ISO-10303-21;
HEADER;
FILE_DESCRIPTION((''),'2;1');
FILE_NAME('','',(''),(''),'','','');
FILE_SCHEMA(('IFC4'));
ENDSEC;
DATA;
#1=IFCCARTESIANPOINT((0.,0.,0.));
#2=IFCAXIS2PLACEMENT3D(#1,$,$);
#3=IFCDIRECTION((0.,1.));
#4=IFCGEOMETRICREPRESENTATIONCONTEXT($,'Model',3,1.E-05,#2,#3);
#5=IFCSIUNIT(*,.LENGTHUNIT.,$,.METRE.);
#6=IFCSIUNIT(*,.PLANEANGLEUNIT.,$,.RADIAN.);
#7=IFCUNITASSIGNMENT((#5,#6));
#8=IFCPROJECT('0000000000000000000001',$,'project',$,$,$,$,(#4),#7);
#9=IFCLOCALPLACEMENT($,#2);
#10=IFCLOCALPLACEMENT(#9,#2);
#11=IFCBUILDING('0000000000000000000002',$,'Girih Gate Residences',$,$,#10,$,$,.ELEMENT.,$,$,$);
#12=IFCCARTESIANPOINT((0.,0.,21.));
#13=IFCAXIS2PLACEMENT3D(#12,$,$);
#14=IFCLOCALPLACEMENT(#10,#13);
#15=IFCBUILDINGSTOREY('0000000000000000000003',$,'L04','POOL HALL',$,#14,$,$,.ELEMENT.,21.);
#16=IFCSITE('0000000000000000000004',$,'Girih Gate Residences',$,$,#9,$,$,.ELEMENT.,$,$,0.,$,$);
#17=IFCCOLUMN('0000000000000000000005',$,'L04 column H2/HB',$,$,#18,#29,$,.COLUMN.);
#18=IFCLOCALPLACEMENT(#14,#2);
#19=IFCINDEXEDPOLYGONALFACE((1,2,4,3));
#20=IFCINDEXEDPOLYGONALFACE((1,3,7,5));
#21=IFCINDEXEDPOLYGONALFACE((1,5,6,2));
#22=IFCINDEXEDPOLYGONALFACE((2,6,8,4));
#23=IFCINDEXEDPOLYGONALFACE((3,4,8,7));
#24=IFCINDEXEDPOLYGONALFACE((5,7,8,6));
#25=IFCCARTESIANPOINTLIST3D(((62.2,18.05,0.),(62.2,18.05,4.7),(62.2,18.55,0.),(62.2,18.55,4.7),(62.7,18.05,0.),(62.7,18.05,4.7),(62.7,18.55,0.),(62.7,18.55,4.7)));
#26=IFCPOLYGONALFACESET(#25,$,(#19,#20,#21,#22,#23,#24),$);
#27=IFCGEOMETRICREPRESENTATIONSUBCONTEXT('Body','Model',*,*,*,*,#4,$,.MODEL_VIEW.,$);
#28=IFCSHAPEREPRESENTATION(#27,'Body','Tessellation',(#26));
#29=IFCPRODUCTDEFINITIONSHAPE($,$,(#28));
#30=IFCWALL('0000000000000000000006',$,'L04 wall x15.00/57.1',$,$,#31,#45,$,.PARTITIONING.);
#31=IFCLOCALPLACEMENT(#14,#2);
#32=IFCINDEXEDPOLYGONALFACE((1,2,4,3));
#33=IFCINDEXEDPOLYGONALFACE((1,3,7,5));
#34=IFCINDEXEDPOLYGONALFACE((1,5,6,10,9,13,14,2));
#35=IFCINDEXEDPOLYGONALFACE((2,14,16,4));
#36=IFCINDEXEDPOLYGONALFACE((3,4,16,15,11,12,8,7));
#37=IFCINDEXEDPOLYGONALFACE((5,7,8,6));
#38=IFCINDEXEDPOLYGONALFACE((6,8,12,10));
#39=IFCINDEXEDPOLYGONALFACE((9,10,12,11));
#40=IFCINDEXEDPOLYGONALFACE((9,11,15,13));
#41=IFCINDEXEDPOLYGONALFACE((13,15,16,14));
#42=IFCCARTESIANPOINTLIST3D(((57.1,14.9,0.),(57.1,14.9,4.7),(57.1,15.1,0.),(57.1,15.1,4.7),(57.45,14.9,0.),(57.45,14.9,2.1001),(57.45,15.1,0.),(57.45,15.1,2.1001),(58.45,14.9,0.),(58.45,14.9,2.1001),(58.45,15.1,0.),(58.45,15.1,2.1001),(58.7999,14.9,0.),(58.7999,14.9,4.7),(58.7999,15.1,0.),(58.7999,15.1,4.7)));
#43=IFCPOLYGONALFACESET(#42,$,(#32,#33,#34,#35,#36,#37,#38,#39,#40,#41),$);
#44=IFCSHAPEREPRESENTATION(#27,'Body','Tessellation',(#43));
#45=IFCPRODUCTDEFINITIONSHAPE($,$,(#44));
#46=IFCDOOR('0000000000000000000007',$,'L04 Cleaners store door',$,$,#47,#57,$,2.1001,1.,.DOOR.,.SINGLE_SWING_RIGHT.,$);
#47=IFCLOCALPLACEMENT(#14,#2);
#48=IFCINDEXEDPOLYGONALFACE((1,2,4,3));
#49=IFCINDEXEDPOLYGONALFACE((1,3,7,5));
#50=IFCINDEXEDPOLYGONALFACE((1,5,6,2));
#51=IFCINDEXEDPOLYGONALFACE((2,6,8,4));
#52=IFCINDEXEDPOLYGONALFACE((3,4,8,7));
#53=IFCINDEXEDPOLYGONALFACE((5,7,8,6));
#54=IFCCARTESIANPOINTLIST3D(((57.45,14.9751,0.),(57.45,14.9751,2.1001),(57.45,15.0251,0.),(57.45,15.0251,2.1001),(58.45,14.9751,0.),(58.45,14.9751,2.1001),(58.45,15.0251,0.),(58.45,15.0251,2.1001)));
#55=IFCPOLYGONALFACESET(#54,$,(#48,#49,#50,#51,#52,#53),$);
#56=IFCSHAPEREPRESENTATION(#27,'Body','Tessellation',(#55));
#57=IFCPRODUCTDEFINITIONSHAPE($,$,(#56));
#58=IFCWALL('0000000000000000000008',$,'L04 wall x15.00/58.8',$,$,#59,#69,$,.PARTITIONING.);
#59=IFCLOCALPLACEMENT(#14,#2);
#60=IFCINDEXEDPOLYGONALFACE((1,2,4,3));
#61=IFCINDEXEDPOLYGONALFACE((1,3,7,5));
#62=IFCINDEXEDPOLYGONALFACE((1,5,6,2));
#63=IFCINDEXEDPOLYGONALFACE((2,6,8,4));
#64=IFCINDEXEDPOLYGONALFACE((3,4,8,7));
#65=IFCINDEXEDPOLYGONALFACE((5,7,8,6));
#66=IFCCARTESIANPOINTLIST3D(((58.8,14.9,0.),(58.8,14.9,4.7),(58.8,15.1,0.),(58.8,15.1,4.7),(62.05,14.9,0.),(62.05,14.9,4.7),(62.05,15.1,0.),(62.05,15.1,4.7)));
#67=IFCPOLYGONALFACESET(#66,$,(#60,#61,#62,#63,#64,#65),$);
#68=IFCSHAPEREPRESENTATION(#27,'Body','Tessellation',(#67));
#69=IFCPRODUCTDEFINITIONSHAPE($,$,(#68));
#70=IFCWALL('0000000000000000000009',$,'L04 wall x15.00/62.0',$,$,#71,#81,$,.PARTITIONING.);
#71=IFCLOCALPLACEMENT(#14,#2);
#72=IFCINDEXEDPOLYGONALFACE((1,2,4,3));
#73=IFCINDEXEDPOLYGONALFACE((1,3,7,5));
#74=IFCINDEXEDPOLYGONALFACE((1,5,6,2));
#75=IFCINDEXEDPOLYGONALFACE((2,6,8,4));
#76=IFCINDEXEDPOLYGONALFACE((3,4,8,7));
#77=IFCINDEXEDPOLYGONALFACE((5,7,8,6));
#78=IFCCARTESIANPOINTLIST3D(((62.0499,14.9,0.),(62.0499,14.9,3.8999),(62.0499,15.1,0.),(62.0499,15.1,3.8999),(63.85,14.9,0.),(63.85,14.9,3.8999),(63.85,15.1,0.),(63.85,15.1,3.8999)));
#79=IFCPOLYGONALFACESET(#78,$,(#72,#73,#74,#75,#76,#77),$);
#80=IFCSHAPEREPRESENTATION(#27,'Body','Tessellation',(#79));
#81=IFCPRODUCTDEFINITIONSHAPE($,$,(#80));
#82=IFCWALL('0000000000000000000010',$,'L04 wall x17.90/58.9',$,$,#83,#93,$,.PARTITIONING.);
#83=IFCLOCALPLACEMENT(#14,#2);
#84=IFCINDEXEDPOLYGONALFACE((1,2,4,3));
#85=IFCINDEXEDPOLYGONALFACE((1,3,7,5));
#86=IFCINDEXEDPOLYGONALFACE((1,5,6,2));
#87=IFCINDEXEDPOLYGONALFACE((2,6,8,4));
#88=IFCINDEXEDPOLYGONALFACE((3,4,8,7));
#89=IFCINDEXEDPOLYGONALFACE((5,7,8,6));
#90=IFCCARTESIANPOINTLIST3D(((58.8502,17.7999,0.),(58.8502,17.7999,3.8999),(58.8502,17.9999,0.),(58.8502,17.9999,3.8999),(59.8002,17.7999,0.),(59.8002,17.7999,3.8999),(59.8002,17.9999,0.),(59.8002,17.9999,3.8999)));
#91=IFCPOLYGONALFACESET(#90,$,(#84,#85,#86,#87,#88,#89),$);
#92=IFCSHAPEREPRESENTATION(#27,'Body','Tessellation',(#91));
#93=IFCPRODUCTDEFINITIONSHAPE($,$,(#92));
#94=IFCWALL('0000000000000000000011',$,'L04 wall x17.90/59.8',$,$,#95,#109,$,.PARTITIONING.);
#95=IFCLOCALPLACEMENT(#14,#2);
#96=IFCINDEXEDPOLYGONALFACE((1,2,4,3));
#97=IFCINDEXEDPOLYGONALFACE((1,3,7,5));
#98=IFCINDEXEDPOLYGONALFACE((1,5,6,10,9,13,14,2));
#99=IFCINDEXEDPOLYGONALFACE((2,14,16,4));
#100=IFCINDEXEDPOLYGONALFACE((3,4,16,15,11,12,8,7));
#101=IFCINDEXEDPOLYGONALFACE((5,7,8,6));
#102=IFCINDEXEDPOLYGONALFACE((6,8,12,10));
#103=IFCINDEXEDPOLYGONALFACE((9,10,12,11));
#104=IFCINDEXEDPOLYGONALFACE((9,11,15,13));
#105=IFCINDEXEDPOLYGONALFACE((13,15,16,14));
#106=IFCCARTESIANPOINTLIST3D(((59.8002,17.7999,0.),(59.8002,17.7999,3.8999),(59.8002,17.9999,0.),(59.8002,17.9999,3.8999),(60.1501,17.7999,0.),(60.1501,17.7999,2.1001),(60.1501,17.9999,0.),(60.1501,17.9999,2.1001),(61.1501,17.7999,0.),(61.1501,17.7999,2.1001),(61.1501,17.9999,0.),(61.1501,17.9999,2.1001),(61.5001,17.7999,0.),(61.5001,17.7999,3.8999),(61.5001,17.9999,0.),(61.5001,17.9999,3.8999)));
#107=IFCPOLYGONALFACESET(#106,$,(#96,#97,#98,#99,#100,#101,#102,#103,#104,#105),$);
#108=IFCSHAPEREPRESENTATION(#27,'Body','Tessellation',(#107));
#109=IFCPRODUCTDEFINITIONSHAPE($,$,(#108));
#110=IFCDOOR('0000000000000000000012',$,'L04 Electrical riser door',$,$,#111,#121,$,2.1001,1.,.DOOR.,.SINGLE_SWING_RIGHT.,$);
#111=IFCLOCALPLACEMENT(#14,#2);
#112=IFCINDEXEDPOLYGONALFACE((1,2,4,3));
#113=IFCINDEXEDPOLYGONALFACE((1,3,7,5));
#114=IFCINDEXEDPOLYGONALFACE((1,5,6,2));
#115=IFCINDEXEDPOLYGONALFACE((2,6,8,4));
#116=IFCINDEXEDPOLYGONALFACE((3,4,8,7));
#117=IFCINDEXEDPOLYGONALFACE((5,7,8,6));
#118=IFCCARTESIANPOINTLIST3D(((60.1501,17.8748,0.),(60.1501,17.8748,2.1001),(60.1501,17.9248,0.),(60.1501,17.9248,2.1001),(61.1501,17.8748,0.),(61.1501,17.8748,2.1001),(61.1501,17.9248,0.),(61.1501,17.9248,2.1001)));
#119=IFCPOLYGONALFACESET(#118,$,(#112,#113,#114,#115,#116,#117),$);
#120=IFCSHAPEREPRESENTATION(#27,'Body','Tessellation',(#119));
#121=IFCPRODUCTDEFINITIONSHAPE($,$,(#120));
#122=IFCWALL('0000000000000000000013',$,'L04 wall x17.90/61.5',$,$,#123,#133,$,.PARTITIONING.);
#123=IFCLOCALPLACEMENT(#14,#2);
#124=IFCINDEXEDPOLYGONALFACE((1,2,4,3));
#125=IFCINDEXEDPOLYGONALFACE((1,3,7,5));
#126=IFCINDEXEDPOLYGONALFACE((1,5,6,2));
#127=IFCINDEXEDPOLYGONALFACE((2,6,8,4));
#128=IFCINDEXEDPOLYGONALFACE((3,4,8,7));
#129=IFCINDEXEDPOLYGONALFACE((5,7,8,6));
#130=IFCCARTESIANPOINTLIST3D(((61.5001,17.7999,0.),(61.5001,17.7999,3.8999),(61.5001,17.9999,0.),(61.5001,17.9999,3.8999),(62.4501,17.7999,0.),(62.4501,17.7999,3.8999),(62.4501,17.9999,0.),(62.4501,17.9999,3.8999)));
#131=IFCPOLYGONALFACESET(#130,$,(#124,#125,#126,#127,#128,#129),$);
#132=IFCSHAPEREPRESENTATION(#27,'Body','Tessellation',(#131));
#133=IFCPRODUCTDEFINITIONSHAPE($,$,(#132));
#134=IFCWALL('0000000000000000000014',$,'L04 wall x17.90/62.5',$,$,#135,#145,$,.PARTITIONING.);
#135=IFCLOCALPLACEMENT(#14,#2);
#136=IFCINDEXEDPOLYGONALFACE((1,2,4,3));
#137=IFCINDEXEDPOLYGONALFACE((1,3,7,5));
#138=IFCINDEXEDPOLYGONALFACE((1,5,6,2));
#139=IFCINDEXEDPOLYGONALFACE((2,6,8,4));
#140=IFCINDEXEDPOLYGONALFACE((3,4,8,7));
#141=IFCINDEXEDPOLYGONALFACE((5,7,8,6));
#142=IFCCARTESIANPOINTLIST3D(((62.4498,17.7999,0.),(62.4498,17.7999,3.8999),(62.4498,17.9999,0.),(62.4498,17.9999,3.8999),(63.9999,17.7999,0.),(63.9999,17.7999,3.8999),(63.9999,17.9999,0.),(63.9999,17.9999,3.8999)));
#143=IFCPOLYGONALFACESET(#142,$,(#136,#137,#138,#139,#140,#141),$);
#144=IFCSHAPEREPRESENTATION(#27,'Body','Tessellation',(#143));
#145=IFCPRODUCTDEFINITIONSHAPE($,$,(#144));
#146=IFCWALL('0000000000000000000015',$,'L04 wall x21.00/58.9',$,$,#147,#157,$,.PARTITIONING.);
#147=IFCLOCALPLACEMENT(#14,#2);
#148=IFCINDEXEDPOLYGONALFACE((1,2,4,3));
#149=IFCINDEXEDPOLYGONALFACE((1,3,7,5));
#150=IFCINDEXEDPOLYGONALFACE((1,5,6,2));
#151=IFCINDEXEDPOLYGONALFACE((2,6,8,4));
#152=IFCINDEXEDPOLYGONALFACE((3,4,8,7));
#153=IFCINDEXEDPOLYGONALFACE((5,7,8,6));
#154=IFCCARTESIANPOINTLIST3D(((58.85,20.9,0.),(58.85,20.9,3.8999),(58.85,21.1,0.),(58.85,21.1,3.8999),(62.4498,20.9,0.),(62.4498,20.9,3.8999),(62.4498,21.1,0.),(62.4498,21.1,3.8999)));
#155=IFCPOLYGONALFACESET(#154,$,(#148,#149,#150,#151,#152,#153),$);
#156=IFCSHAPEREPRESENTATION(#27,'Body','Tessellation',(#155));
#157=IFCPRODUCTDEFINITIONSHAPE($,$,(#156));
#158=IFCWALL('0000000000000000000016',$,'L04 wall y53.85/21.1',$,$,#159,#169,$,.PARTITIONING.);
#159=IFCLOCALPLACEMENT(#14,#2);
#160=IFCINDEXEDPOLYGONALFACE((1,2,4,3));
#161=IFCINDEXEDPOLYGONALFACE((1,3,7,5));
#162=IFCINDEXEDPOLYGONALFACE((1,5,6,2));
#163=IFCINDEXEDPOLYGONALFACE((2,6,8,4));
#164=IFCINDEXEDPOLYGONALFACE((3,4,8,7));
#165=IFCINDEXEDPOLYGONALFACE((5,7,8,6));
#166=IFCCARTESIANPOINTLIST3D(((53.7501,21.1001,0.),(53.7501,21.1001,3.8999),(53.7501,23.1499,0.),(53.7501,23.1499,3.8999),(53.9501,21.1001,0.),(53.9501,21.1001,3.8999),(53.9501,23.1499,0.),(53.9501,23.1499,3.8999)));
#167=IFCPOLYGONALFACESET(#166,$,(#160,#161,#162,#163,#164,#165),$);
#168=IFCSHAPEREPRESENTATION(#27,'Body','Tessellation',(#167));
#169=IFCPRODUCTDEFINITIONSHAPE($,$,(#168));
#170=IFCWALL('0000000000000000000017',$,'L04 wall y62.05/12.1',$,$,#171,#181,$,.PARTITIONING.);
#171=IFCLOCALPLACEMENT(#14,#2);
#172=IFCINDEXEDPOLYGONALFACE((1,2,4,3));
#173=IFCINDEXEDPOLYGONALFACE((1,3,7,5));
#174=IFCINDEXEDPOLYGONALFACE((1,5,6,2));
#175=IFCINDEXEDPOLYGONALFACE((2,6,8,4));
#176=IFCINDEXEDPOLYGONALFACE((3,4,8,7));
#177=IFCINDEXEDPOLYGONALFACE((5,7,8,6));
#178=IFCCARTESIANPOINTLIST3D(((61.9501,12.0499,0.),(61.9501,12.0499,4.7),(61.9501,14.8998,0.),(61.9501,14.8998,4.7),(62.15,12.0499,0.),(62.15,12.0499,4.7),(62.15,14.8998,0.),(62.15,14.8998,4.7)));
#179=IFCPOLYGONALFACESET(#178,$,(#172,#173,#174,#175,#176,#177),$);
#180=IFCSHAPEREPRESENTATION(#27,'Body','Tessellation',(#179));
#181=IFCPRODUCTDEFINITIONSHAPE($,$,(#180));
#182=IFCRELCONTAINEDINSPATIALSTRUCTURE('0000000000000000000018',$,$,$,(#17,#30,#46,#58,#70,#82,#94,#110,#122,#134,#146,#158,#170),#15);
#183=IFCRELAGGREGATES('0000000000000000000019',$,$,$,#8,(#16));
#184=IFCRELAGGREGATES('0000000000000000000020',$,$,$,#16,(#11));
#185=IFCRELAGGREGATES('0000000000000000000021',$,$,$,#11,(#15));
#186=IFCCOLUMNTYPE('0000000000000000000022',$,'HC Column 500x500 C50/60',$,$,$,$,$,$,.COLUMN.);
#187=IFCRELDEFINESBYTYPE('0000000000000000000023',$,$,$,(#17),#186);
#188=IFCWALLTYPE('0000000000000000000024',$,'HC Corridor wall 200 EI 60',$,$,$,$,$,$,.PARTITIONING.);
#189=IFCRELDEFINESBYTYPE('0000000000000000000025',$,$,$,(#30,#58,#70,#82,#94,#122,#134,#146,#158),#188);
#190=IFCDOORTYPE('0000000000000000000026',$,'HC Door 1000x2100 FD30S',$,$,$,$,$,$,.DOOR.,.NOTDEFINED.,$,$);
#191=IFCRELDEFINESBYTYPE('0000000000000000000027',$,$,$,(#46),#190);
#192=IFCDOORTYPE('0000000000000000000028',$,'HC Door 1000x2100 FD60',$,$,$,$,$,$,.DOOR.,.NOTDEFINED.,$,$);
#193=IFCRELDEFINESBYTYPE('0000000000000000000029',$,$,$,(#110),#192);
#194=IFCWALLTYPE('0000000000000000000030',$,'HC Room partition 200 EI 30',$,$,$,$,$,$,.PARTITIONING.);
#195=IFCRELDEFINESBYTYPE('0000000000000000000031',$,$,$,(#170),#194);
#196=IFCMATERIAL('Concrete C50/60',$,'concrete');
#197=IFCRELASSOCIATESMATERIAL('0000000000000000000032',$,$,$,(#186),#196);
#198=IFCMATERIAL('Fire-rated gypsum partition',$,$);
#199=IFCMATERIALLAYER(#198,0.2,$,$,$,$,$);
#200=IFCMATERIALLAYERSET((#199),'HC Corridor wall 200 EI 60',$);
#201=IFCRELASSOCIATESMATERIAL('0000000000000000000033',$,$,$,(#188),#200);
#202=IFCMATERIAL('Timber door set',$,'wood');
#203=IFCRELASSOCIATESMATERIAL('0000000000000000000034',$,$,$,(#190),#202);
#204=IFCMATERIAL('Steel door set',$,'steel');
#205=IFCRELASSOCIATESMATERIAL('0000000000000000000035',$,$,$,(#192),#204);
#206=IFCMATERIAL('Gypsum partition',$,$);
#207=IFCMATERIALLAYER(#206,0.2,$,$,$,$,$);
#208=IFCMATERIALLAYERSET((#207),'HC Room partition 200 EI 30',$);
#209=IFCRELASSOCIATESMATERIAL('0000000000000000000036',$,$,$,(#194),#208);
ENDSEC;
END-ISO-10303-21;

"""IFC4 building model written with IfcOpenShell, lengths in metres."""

from ifc_helpers import new_model, si_unit, direction, frame, frame_2d, origin, origin_2d, place, context, subcontext, project, spatial, rectangle, extrude, material, layer, layer_set, material_profile, profile_set, type_object, element, fill, save


model = new_model("IFC4")

# Units and contexts
model_context = context("Model", 3, precision=1e-05, world=origin(), true_north=direction((0.0, 1.0)))
body_context = subcontext(model_context, "Body", "Model", "MODEL_VIEW")
ifc_project = project(units=[si_unit("LENGTHUNIT", "METRE"), si_unit("PLANEANGLEUNIT", "RADIAN")], contexts=[model_context])

# Site, building, storey
site_placement = place(None, origin())
site = spatial("IfcSite", under=ifc_project, at=site_placement, Name="Girih Gate Residences", CompositionType="ELEMENT", RefElevation=0.0)
building_placement = place(site_placement, origin())
building = spatial("IfcBuilding", under=site, at=building_placement, Name="Girih Gate Residences", CompositionType="ELEMENT")
storey_placement = place(building_placement, frame((0.0, 0.0, 21.0)))
storey = spatial("IfcBuildingStorey", under=building, at=storey_placement, Name="L04", Description="POOL HALL", CompositionType="ELEMENT", Elevation=21.0)

# Column
ifc_material_1 = material(Name="Concrete C50/60", Category="concrete")
ifc_material_profile = material_profile(ifc_material_1, rectangle(XDim=0.5, YDim=0.5, at=origin_2d()))
ifc_profile_set = profile_set([ifc_material_profile], Name="Concrete C50/60")
column_type = type_object("IfcColumnType", Name="HC Column 500x500 C50/60", PredefinedType="COLUMN", material=ifc_profile_set)
column_placement = place(storey_placement, frame((62.45, 18.3, 0.0), z_axis=(0.0, 0.0, 1.0), x_axis=(1.0, 0.0, 0.0)))
element("IfcColumn", 1, at=column_placement, inside=storey, type_object=column_type, Name="L04 column H2/HB", PredefinedType="COLUMN", context=body_context, shape_type="SweptSolid", body=[
    extrude(rectangle(XDim=0.5, YDim=0.5, at=origin_2d()), origin(), (0.0, 0.0, 1.0), 4.7),
])

# Wall, opening, door
ifc_material_2 = material(Name="Fire-rated gypsum partition")
ifc_layer_1 = layer(ifc_material_2, 0.2)
ifc_layer_set_1 = layer_set([ifc_layer_1], Name="HC Corridor wall 200 EI 60")
wall_type_1 = type_object("IfcWallType", Name="HC Corridor wall 200 EI 60", PredefinedType="PARTITIONING", material=ifc_layer_set_1)
wall_1_placement = place(storey_placement, frame((58.8, 15.0, 0.0), z_axis=(0.0, 0.0, 1.0), x_axis=(-1.0, 0.0, 0.0)))
wall_1 = element("IfcWall", 2, at=wall_1_placement, inside=storey, type_object=wall_type_1, Name="L04 wall x15.00/57.1", PredefinedType="PARTITIONING", context=body_context, shape_type="SweptSolid", body=[
    extrude(rectangle(XDim=1.7, YDim=0.2, at=frame_2d((0.8501, 0.0))), origin(), (0.0, 0.0, 1.0), 4.7),
])
opening_1_placement = place(wall_1_placement, frame((0.3501, 0.0, 0.0)))
opening_1 = element("IfcOpeningElement", 3, at=opening_1_placement, cuts=wall_1, PredefinedType="OPENING", context=body_context, shape_type="SweptSolid", body=[
    extrude(rectangle(XDim=1.0, YDim=2.1001, at=frame_2d((0.5, 1.05))), frame((0.0, 0.1099, 0.0), z_axis=(0.0, -1.0, 0.0), x_axis=(1.0, 0.0, 0.0)), (0.0, 0.0, 1.0), 0.22),
])
ifc_material_3 = material(Name="Timber door set", Category="wood")
door_type_1 = type_object("IfcDoorType", Name="HC Door 1000x2100 FD30S", OperationType="NOTDEFINED", PredefinedType="DOOR", material=ifc_material_3)
door_1_placement = place(opening_1_placement, origin())
door_1 = element("IfcDoor", 4, at=door_1_placement, inside=storey, type_object=door_type_1, Name="L04 Cleaners store door", OperationType="SINGLE_SWING_RIGHT", OverallHeight=2.1001, OverallWidth=1.0, PredefinedType="DOOR", context=body_context, shape_type="SweptSolid", body=[
    extrude(rectangle(XDim=1.0, YDim=2.1001, at=frame_2d((0.5, 1.05))), frame((0.0, 0.0249, 0.0), z_axis=(0.0, -1.0, 0.0), x_axis=(1.0, 0.0, 0.0)), (0.0, 0.0, 1.0), 0.05),
])
fill(opening_1, door_1)

# Walls
wall_2_placement = place(storey_placement, frame((58.8, 15.0, 0.0), z_axis=(0.0, 0.0, 1.0), x_axis=(1.0, 0.0, 0.0)))
element("IfcWall", 5, at=wall_2_placement, inside=storey, type_object=wall_type_1, Name="L04 wall x15.00/58.8", PredefinedType="PARTITIONING", context=body_context, shape_type="SweptSolid", body=[
    extrude(rectangle(XDim=3.25, YDim=0.2, at=frame_2d((1.625, 0.0))), origin(), (0.0, 0.0, 1.0), 4.7),
])
wall_3_placement = place(storey_placement, frame((62.05, 15.0, 0.0), z_axis=(0.0, 0.0, 1.0), x_axis=(1.0, 0.0, 0.0)))
element("IfcWall", 6, at=wall_3_placement, inside=storey, type_object=wall_type_1, Name="L04 wall x15.00/62.0", PredefinedType="PARTITIONING", context=body_context, shape_type="SweptSolid", body=[
    extrude(rectangle(XDim=1.8, YDim=0.2, at=frame_2d((0.8999, 0.0))), origin(), (0.0, 0.0, 1.0), 3.8999),
])
wall_4_placement = place(storey_placement, frame((58.8501, 17.8999, 0.0), z_axis=(0.0, 0.0, 1.0), x_axis=(1.0, 0.0, 0.0)))
element("IfcWall", 7, at=wall_4_placement, inside=storey, type_object=wall_type_1, Name="L04 wall x17.90/58.9", PredefinedType="PARTITIONING", context=body_context, shape_type="SweptSolid", body=[
    extrude(rectangle(XDim=0.95, YDim=0.2, at=frame_2d((0.4751, 0.0))), origin(), (0.0, 0.0, 1.0), 3.8999),
])

# Wall, opening, door
wall_5_placement = place(storey_placement, frame((59.8, 17.8999, 0.0), z_axis=(0.0, 0.0, 1.0), x_axis=(1.0, 0.0, 0.0)))
wall_5 = element("IfcWall", 8, at=wall_5_placement, inside=storey, type_object=wall_type_1, Name="L04 wall x17.90/59.8", PredefinedType="PARTITIONING", context=body_context, shape_type="SweptSolid", body=[
    extrude(rectangle(XDim=1.7, YDim=0.2, at=frame_2d((0.8501, 0.0))), origin(), (0.0, 0.0, 1.0), 3.8999),
])
opening_2_placement = place(wall_5_placement, frame((0.3501, 0.0, 0.0)))
opening_2 = element("IfcOpeningElement", 9, at=opening_2_placement, cuts=wall_5, PredefinedType="OPENING", context=body_context, shape_type="SweptSolid", body=[
    extrude(rectangle(XDim=1.0, YDim=2.1001, at=frame_2d((0.5, 1.05))), frame((0.0, 0.1099, 0.0), z_axis=(0.0, -1.0, 0.0), x_axis=(1.0, 0.0, 0.0)), (0.0, 0.0, 1.0), 0.22),
])
ifc_material_4 = material(Name="Steel door set", Category="steel")
door_type_2 = type_object("IfcDoorType", Name="HC Door 1000x2100 FD60", OperationType="NOTDEFINED", PredefinedType="DOOR", material=ifc_material_4)
door_2_placement = place(opening_2_placement, origin())
door_2 = element("IfcDoor", 10, at=door_2_placement, inside=storey, type_object=door_type_2, Name="L04 Electrical riser door", OperationType="SINGLE_SWING_RIGHT", OverallHeight=2.1001, OverallWidth=1.0, PredefinedType="DOOR", context=body_context, shape_type="SweptSolid", body=[
    extrude(rectangle(XDim=1.0, YDim=2.1001, at=frame_2d((0.5, 1.05))), frame((0.0, 0.0249, 0.0), z_axis=(0.0, -1.0, 0.0), x_axis=(1.0, 0.0, 0.0)), (0.0, 0.0, 1.0), 0.05),
])
fill(opening_2, door_2)

# Walls
wall_6_placement = place(storey_placement, frame((61.5, 17.8999, 0.0), z_axis=(0.0, 0.0, 1.0), x_axis=(1.0, 0.0, 0.0)))
element("IfcWall", 11, at=wall_6_placement, inside=storey, type_object=wall_type_1, Name="L04 wall x17.90/61.5", PredefinedType="PARTITIONING", context=body_context, shape_type="SweptSolid", body=[
    extrude(rectangle(XDim=0.95, YDim=0.2, at=frame_2d((0.4751, 0.0))), origin(), (0.0, 0.0, 1.0), 3.8999),
])
wall_7_placement = place(storey_placement, frame((62.45, 17.8999, 0.0), z_axis=(0.0, 0.0, 1.0), x_axis=(1.0, 0.0, 0.0)))
element("IfcWall", 12, at=wall_7_placement, inside=storey, type_object=wall_type_1, Name="L04 wall x17.90/62.5", PredefinedType="PARTITIONING", context=body_context, shape_type="SweptSolid", body=[
    extrude(rectangle(XDim=1.55, YDim=0.2, at=frame_2d((0.7749, 0.0))), origin(), (0.0, 0.0, 1.0), 3.8999),
])
wall_8_placement = place(storey_placement, frame((58.8501, 21.0, 0.0), z_axis=(0.0, 0.0, 1.0), x_axis=(1.0, 0.0, 0.0)))
element("IfcWall", 13, at=wall_8_placement, inside=storey, type_object=wall_type_1, Name="L04 wall x21.00/58.9", PredefinedType="PARTITIONING", context=body_context, shape_type="SweptSolid", body=[
    extrude(rectangle(XDim=3.5999, YDim=0.2, at=frame_2d((1.7998, 0.0))), origin(), (0.0, 0.0, 1.0), 3.8999),
])
wall_9_placement = place(storey_placement, frame((53.8501, 21.1001, 0.0), z_axis=(0.0, 0.0, 1.0), x_axis=(0.0, 1.0, 0.0)))
element("IfcWall", 14, at=wall_9_placement, inside=storey, type_object=wall_type_1, Name="L04 wall y53.85/21.1", PredefinedType="PARTITIONING", context=body_context, shape_type="SweptSolid", body=[
    extrude(rectangle(XDim=2.0498, YDim=0.2, at=frame_2d((1.0249, 0.0))), origin(), (0.0, 0.0, 1.0), 3.8999),
])
ifc_material_5 = material(Name="Gypsum partition")
ifc_layer_2 = layer(ifc_material_5, 0.2)
ifc_layer_set_2 = layer_set([ifc_layer_2], Name="HC Room partition 200 EI 30")
wall_type_2 = type_object("IfcWallType", Name="HC Room partition 200 EI 30", PredefinedType="PARTITIONING", material=ifc_layer_set_2)
wall_10_placement = place(storey_placement, frame((62.05, 12.05, 0.0), z_axis=(0.0, 0.0, 1.0), x_axis=(0.0, 1.0, 0.0)))
element("IfcWall", 15, at=wall_10_placement, inside=storey, type_object=wall_type_2, Name="L04 wall y62.05/12.1", PredefinedType="PARTITIONING", context=body_context, shape_type="SweptSolid", body=[
    extrude(rectangle(XDim=2.8499, YDim=0.2, at=frame_2d((1.4248, 0.0))), origin(), (0.0, 0.0, 1.0), 4.7),
])

save(model, "model.ifc")
